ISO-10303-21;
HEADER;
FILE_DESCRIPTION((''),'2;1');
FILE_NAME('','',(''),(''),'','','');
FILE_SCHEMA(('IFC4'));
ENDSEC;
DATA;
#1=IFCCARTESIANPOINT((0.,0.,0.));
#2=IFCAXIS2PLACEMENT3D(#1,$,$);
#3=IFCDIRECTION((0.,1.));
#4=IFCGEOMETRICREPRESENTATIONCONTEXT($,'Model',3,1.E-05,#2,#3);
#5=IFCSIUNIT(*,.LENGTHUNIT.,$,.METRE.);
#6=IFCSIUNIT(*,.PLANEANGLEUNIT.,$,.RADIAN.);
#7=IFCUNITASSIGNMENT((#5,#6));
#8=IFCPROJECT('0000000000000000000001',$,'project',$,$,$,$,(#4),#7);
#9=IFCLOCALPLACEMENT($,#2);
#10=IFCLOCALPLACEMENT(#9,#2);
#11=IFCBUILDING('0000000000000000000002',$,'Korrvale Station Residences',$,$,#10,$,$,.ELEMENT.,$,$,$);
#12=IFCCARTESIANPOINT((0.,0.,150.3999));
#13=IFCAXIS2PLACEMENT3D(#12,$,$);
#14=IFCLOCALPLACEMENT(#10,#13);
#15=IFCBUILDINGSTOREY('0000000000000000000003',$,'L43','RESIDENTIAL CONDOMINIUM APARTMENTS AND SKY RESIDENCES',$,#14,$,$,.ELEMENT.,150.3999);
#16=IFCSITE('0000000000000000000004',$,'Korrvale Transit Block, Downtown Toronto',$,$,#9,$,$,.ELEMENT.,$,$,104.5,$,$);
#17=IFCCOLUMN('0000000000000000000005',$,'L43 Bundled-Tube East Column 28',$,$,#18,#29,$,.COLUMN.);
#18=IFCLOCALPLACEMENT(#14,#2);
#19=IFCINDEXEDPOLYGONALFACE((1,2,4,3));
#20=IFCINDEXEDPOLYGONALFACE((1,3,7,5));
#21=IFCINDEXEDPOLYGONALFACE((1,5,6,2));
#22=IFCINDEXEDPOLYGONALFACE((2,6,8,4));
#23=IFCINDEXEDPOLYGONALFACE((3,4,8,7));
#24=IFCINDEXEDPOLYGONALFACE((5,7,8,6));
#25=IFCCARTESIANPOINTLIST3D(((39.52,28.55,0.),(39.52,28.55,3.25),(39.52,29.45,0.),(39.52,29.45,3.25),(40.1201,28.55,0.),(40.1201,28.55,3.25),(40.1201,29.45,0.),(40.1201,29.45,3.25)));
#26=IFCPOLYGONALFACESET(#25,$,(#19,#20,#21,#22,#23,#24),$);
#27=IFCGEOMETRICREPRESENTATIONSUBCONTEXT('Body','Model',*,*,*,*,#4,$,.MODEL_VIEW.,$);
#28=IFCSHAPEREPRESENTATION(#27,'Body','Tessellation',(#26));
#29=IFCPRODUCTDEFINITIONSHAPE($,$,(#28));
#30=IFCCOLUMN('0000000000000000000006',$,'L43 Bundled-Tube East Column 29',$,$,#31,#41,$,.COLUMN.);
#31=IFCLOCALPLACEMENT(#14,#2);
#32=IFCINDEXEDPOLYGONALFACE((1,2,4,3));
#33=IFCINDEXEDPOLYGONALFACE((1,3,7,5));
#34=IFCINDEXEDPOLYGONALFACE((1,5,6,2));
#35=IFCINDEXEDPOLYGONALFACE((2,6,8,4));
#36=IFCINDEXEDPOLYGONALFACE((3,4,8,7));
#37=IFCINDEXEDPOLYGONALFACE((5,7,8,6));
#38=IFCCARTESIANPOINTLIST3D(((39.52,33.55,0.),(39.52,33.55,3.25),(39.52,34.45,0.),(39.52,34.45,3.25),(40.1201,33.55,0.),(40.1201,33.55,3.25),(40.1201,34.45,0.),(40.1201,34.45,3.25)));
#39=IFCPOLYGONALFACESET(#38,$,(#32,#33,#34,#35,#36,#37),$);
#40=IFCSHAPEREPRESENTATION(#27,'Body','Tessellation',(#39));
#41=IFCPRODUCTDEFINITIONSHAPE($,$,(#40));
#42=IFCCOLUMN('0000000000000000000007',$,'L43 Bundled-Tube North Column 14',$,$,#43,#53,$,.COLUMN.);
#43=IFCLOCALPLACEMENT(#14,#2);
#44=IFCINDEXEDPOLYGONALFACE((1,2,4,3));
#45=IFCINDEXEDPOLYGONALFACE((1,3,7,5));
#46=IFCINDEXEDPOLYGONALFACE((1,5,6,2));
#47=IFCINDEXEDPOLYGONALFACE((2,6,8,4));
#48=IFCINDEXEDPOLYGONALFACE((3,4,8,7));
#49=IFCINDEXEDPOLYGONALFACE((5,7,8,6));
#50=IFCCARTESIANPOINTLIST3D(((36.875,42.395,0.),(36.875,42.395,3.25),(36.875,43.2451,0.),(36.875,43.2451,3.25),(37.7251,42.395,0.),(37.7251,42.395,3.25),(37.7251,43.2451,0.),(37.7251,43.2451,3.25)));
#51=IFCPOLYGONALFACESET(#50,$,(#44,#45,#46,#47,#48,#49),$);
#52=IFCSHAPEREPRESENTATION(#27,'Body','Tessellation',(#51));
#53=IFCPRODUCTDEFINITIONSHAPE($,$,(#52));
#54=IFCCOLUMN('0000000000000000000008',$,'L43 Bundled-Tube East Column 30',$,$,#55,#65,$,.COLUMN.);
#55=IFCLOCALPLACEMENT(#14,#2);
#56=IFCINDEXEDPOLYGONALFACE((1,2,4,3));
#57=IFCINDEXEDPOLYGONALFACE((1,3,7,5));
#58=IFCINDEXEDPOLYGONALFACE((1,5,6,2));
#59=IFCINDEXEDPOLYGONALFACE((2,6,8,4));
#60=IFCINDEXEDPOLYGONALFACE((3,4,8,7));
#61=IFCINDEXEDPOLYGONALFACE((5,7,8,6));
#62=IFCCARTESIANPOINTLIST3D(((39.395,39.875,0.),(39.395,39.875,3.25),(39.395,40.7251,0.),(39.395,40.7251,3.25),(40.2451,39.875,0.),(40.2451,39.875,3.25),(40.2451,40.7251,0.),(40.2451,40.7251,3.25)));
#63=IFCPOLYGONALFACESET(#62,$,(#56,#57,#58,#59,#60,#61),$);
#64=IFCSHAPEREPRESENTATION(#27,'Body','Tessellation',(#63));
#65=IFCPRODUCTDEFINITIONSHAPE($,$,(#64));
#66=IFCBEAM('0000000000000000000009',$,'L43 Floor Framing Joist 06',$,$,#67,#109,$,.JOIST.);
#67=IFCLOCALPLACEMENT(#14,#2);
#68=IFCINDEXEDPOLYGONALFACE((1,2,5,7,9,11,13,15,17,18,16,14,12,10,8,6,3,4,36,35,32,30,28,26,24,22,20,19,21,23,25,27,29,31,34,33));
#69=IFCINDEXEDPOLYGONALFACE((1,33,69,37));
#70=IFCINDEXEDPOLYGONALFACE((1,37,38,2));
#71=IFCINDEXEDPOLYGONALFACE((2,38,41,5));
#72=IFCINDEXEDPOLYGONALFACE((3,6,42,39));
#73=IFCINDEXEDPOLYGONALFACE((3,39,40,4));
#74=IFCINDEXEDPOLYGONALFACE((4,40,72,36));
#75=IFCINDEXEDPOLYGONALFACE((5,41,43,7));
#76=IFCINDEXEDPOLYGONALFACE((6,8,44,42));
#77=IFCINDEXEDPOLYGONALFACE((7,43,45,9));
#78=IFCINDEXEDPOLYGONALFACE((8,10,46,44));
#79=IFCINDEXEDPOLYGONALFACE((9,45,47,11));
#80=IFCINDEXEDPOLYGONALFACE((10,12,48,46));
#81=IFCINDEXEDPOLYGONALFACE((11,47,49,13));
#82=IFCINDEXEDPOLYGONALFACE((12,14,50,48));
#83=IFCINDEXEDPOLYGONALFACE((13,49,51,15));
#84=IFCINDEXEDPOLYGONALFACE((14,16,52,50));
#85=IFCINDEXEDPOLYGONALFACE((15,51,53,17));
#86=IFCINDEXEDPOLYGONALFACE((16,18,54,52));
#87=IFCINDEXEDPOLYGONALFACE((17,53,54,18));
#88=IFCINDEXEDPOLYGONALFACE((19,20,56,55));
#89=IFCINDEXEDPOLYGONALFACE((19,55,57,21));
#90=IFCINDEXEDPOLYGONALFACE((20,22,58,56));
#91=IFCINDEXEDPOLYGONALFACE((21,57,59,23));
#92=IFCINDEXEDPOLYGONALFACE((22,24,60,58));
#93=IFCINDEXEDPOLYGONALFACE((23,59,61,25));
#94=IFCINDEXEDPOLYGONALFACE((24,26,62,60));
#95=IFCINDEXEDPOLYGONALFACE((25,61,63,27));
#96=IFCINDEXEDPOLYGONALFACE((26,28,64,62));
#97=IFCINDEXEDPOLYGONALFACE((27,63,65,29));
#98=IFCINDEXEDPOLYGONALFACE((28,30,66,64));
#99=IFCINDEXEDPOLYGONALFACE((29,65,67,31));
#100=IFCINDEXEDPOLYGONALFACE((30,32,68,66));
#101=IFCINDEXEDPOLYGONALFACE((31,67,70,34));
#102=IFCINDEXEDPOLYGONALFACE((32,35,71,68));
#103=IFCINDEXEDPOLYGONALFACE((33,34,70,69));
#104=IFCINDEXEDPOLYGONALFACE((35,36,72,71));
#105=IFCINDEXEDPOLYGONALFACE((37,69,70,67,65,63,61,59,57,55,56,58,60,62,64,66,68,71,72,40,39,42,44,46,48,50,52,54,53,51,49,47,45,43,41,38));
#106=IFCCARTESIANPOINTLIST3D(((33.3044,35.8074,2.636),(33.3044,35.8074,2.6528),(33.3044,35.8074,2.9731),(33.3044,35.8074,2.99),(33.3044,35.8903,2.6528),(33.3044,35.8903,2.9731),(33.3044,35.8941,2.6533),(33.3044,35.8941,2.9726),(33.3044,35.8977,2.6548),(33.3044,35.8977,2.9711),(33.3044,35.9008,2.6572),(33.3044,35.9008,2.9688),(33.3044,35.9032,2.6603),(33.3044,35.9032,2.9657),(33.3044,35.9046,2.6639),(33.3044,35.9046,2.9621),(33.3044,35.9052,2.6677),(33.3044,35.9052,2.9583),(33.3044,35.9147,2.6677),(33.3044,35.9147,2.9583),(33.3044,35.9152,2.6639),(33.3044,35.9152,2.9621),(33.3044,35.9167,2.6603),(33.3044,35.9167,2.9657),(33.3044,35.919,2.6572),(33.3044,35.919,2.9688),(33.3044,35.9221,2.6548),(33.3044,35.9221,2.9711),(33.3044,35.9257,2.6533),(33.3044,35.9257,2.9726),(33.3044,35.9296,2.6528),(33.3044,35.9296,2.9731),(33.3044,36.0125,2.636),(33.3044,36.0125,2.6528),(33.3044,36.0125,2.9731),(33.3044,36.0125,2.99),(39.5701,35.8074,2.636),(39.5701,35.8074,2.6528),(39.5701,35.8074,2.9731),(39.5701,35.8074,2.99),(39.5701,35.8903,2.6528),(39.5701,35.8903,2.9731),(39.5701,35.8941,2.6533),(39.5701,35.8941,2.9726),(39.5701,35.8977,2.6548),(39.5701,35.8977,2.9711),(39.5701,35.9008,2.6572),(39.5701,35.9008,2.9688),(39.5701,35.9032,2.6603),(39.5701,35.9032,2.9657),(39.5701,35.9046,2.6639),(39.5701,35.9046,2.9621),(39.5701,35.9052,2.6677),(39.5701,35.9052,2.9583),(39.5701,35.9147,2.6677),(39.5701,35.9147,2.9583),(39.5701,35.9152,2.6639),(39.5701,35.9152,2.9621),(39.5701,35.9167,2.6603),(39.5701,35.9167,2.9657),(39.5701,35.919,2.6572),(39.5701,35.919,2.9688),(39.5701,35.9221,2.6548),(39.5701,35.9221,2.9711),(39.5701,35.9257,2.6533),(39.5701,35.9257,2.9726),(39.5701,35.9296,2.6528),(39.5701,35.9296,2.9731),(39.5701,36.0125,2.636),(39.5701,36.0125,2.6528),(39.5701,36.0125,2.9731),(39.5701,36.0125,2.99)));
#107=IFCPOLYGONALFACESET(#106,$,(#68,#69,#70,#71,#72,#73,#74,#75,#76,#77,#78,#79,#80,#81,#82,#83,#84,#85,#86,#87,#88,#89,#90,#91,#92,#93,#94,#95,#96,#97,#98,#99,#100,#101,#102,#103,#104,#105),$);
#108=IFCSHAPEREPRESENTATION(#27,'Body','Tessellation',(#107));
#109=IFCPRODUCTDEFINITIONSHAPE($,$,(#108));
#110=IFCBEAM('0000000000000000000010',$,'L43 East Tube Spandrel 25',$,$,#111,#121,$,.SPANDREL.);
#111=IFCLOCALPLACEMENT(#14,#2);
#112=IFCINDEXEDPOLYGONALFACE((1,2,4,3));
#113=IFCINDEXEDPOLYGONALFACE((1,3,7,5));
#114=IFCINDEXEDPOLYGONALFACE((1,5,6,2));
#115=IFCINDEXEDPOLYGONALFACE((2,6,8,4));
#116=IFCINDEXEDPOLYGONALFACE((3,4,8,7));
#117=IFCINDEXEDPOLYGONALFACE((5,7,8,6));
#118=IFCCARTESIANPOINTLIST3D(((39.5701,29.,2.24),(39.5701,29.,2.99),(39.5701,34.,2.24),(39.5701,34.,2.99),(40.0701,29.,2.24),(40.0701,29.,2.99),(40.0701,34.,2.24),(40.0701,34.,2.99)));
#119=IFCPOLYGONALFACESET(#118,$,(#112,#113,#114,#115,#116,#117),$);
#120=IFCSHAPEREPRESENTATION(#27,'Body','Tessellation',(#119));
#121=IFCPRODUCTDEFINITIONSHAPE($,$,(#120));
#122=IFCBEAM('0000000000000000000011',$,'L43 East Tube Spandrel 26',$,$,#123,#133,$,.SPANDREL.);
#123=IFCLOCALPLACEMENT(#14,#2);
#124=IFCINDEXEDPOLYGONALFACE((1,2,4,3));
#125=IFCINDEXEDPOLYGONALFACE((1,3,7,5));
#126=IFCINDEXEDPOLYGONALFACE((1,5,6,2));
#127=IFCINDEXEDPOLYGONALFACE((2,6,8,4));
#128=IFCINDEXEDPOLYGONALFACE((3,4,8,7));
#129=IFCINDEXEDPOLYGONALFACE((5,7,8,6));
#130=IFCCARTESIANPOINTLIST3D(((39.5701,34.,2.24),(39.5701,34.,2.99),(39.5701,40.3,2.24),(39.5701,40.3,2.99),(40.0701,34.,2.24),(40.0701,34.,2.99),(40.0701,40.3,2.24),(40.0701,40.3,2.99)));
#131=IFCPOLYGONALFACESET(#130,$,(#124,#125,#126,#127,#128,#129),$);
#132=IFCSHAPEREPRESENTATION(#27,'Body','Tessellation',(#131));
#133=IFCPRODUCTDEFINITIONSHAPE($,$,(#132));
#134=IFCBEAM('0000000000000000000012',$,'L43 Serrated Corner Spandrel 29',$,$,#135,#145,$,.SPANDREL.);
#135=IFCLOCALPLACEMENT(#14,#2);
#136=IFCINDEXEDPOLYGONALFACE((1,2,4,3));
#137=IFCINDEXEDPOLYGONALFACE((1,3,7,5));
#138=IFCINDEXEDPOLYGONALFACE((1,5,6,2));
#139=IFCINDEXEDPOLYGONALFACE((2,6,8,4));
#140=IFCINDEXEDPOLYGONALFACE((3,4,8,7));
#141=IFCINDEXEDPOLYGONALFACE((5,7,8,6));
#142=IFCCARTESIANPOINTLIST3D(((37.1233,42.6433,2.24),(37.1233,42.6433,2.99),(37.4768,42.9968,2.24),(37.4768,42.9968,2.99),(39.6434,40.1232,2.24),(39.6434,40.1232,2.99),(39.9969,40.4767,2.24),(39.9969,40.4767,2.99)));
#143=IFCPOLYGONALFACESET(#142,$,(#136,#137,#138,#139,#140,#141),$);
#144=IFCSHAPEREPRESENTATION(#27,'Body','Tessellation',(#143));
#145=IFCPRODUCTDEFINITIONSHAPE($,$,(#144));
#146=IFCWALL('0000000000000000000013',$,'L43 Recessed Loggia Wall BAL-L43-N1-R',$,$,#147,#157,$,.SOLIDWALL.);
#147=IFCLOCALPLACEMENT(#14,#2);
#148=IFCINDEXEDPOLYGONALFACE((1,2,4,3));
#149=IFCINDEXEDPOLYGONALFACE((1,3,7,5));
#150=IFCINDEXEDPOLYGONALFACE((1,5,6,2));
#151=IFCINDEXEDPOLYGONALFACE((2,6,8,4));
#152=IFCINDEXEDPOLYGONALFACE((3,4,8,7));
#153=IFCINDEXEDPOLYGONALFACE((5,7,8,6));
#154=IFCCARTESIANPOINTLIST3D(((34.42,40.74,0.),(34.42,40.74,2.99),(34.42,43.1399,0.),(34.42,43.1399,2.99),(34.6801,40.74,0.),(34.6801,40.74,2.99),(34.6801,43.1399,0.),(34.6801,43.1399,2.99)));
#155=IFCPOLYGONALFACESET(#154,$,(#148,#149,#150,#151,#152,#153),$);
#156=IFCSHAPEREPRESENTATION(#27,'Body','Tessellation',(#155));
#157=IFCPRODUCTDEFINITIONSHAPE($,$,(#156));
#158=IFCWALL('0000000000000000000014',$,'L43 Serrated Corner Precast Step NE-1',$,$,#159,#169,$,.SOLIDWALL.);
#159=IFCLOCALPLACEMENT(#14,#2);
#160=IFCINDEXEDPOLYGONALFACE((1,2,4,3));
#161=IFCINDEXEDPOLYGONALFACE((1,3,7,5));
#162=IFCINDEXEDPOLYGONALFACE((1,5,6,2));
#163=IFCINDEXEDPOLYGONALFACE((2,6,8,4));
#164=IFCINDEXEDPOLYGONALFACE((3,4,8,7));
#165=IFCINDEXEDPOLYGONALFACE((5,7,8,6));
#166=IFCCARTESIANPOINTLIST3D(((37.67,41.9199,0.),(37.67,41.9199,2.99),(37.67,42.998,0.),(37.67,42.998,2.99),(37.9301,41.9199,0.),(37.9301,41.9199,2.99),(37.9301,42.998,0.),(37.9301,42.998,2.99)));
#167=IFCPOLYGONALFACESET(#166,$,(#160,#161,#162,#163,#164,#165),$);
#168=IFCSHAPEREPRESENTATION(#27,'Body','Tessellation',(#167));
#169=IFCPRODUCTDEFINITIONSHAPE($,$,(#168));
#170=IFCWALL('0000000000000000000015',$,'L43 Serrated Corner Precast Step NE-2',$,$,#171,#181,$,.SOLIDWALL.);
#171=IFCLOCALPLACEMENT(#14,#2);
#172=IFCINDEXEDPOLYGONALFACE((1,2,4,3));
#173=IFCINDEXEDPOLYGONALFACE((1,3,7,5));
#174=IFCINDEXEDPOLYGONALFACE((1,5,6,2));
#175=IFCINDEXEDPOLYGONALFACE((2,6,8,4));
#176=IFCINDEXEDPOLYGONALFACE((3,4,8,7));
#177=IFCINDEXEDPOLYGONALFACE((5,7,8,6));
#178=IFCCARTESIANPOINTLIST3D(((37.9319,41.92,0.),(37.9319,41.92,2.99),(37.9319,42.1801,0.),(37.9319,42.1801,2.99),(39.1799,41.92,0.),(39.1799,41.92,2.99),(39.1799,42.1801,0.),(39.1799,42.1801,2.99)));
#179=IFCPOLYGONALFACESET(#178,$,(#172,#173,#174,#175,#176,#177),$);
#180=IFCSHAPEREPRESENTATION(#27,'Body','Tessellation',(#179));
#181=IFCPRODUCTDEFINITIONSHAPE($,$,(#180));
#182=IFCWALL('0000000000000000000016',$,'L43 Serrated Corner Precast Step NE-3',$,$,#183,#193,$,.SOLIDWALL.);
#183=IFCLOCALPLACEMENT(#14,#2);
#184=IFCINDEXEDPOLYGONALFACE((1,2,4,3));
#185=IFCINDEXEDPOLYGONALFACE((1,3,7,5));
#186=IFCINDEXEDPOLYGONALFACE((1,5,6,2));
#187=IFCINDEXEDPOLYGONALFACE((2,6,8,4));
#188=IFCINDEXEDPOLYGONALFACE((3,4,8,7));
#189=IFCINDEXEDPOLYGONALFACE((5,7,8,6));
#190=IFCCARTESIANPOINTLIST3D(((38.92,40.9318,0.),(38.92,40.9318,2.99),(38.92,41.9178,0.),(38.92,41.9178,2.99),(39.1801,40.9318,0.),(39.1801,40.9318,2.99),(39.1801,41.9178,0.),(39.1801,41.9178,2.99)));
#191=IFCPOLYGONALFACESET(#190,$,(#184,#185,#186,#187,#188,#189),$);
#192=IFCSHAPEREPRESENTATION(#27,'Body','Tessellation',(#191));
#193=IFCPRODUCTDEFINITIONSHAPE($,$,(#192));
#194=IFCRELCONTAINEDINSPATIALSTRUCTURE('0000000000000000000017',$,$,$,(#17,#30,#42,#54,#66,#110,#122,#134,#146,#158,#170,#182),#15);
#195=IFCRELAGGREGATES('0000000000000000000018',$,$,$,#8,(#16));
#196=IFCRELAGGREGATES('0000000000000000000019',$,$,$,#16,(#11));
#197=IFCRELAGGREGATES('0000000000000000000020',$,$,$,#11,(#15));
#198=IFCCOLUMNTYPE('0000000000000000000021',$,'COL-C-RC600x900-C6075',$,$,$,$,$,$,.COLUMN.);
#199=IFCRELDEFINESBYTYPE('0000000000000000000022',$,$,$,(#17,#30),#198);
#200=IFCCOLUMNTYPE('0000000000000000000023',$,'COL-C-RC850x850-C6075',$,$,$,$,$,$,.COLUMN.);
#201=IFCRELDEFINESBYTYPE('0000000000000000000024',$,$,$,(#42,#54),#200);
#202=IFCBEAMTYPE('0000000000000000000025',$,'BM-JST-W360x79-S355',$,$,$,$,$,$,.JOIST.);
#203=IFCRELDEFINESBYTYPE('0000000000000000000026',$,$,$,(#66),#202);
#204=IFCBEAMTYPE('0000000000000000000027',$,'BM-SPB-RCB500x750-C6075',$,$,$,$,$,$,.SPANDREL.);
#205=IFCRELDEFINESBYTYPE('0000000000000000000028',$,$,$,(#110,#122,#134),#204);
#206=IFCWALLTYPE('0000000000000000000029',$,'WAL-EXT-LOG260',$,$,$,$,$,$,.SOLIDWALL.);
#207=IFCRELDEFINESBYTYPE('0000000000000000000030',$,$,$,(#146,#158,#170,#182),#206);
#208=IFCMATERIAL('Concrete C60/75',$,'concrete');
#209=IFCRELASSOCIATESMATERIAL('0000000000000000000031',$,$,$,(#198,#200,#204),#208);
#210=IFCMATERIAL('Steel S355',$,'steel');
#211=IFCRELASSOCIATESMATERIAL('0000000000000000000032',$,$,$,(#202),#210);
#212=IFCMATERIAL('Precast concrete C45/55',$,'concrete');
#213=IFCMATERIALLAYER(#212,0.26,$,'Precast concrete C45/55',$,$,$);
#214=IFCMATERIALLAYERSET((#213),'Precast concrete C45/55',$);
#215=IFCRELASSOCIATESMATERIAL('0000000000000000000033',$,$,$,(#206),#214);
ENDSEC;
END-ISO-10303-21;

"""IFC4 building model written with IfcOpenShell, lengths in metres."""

from ifc_helpers import new_model, si_unit, direction, frame, frame_2d, origin, origin_2d, place, context, subcontext, project, spatial, rectangle, i_section, extrude, material, layer, layer_set, material_profile, profile_set, type_object, element, save


model = new_model("IFC4")

# Units and contexts
model_context = context("Model", 3, precision=1e-05, world=origin(), true_north=direction((0.0, 1.0)))
body_context = subcontext(model_context, "Body", "Model", "MODEL_VIEW")
ifc_project = project(units=[si_unit("LENGTHUNIT", "METRE"), si_unit("PLANEANGLEUNIT", "RADIAN")], contexts=[model_context])

# Site, building, storey
site_placement = place(None, origin())
site = spatial("IfcSite", under=ifc_project, at=site_placement, Name="Korrvale Transit Block, Downtown Toronto", CompositionType="ELEMENT", RefElevation=104.5)
building_placement = place(site_placement, origin())
building = spatial("IfcBuilding", under=site, at=building_placement, Name="Korrvale Station Residences", CompositionType="ELEMENT")
storey_placement = place(building_placement, frame((0.0, 0.0, 150.3999)))
storey = spatial("IfcBuildingStorey", under=building, at=storey_placement, Name="L43", Description="RESIDENTIAL CONDOMINIUM APARTMENTS AND SKY RESIDENCES", CompositionType="ELEMENT", Elevation=150.3999)

# Columns
ifc_material_1 = material(Name="Concrete C60/75", Category="concrete")
ifc_material_profile_1 = material_profile(ifc_material_1, rectangle(XDim=0.6001, YDim=0.8999, at=origin_2d()), Name="RC600x900")
ifc_profile_set_1 = profile_set([ifc_material_profile_1], Name="Concrete C60/75")
column_type_1 = type_object("IfcColumnType", Name="COL-C-RC600x900-C6075", PredefinedType="COLUMN", material=ifc_profile_set_1)
for number, where, z_axis, x_axis, name in (
    (1, (39.8201, 29.0, 0.0), (0.0, 0.0, 1.0), (1.0, 0.0, 0.0), "L43 Bundled-Tube East Column 28"),
    (2, (39.8201, 34.0, 0.0), (0.0, 0.0, 1.0), (1.0, 0.0, 0.0), "L43 Bundled-Tube East Column 29"),
):
    element("IfcColumn", number, at=place(storey_placement, frame(where, z_axis=z_axis, x_axis=x_axis)), inside=storey, type_object=column_type_1, Name=name, PredefinedType="COLUMN", context=body_context, shape_type="SweptSolid", body=[
        extrude(rectangle(XDim=0.6001, YDim=0.8999, at=origin_2d()), origin(), (0.0, 0.0, 1.0), 3.25),
    ])
ifc_material_profile_2 = material_profile(ifc_material_1, rectangle(XDim=0.8501, YDim=0.8501, at=origin_2d()), Name="RC850x850")
ifc_profile_set_2 = profile_set([ifc_material_profile_2], Name="Concrete C60/75")
column_type_2 = type_object("IfcColumnType", Name="COL-C-RC850x850-C6075", PredefinedType="COLUMN", material=ifc_profile_set_2)
for number, where, z_axis, x_axis, name in (
    (3, (37.3, 42.8201, 0.0), (0.0, 0.0, 1.0), (1.0, 0.0, 0.0), "L43 Bundled-Tube North Column 14"),
    (4, (39.8201, 40.3, 0.0), (0.0, 0.0, 1.0), (1.0, 0.0, 0.0), "L43 Bundled-Tube East Column 30"),
):
    element("IfcColumn", number, at=place(storey_placement, frame(where, z_axis=z_axis, x_axis=x_axis)), inside=storey, type_object=column_type_2, Name=name, PredefinedType="COLUMN", context=body_context, shape_type="SweptSolid", body=[
        extrude(rectangle(XDim=0.8501, YDim=0.8501, at=origin_2d()), origin(), (0.0, 0.0, 1.0), 3.25),
    ])

# Beams
ifc_material_2 = material(Name="Steel S355", Category="steel")
ifc_material_profile_3 = material_profile(ifc_material_2, i_section(OverallWidth=0.2051, OverallDepth=0.354, WebThickness=0.0095, FlangeThickness=0.0168, FilletRadius=0.0149, at=origin_2d()), Name="W360x79")
ifc_profile_set_3 = profile_set([ifc_material_profile_3], Name="Steel S355")
beam_type_1 = type_object("IfcBeamType", Name="BM-JST-W360x79-S355", PredefinedType="JOIST", material=ifc_profile_set_3)
beam_1_placement = place(storey_placement, frame((33.3044, 35.9099, 2.813), z_axis=(1.0, 0.0, 0.0), x_axis=(0.0, 1.0, 0.0)))
element("IfcBeam", 5, at=beam_1_placement, inside=storey, type_object=beam_type_1, Name="L43 Floor Framing Joist 06", PredefinedType="JOIST", context=body_context, shape_type="SweptSolid", body=[
    extrude(i_section(OverallWidth=0.2051, OverallDepth=0.354, WebThickness=0.0095, FlangeThickness=0.0168, FilletRadius=0.0149, at=origin_2d()), origin(), (0.0, 0.0, 1.0), 6.2656),
])
ifc_material_profile_4 = material_profile(ifc_material_1, rectangle(XDim=0.5, YDim=0.75, at=origin_2d()), Name="RCB500x750")
ifc_profile_set_4 = profile_set([ifc_material_profile_4], Name="Concrete C60/75")
beam_type_2 = type_object("IfcBeamType", Name="BM-SPB-RCB500x750-C6075", PredefinedType="SPANDREL", material=ifc_profile_set_4)
beam_2_placement = place(storey_placement, frame((39.8201, 29.0, 2.615), z_axis=(0.0, 1.0, 0.0), x_axis=(-1.0, 0.0, 0.0)))
element("IfcBeam", 6, at=beam_2_placement, inside=storey, type_object=beam_type_2, Name="L43 East Tube Spandrel 25", PredefinedType="SPANDREL", context=body_context, shape_type="SweptSolid", body=[
    extrude(rectangle(XDim=0.5, YDim=0.75, at=origin_2d()), origin(), (0.0, 0.0, 1.0), 5.0),
])
beam_3_placement = place(storey_placement, frame((39.8201, 34.0, 2.615), z_axis=(0.0, 1.0, 0.0), x_axis=(-1.0, 0.0, 0.0)))
element("IfcBeam", 7, at=beam_3_placement, inside=storey, type_object=beam_type_2, Name="L43 East Tube Spandrel 26", PredefinedType="SPANDREL", context=body_context, shape_type="SweptSolid", body=[
    extrude(rectangle(XDim=0.5, YDim=0.75, at=origin_2d()), origin(), (0.0, 0.0, 1.0), 6.3),
])
beam_4_placement = place(storey_placement, frame((37.3, 42.8201, 2.615), z_axis=(0.707107, -0.707107, 0.0), x_axis=(0.707107, 0.707107, 0.0)))
element("IfcBeam", 8, at=beam_4_placement, inside=storey, type_object=beam_type_2, Name="L43 Serrated Corner Spandrel 29", PredefinedType="SPANDREL", context=body_context, shape_type="SweptSolid", body=[
    extrude(rectangle(XDim=0.5, YDim=0.75, at=origin_2d()), origin(), (0.0, 0.0, 1.0), 3.564),
])

# Walls
ifc_material_3 = material(Name="Precast concrete C45/55", Category="concrete")
ifc_layer_1 = layer(ifc_material_3, 0.26, Name="Precast concrete C45/55")
ifc_layer_set_1 = layer_set([ifc_layer_1], Name="Precast concrete C45/55")
wall_type_1 = type_object("IfcWallType", Name="WAL-EXT-LOG260", PredefinedType="SOLIDWALL", material=ifc_layer_set_1)
wall_1_placement = place(storey_placement, frame((34.55, 40.74, 0.0), z_axis=(0.0, 0.0, 1.0), x_axis=(0.0, 1.0, 0.0)))
element("IfcWall", 9, at=wall_1_placement, inside=storey, type_object=wall_type_1, Name="L43 Recessed Loggia Wall BAL-L43-N1-R", PredefinedType="SOLIDWALL", context=body_context, shape_type="SweptSolid", body=[
    extrude(rectangle(XDim=2.3999, YDim=0.26, at=frame_2d((1.2, 0.0))), origin(), (0.0, 0.0, 1.0), 2.99),
])
wall_2_placement = place(storey_placement, frame((37.8, 42.998, 0.0), z_axis=(0.0, 0.0, 1.0), x_axis=(0.0, -1.0, 0.0)))
element("IfcWall", 10, at=wall_2_placement, inside=storey, type_object=wall_type_1, Name="L43 Serrated Corner Precast Step NE-1", PredefinedType="SOLIDWALL", context=body_context, shape_type="SweptSolid", body=[
    extrude(rectangle(XDim=1.0781, YDim=0.26, at=frame_2d((0.5391, 0.0))), origin(), (0.0, 0.0, 1.0), 2.99),
])
wall_3_placement = place(storey_placement, frame((37.9319, 42.05, 0.0), z_axis=(0.0, 0.0, 1.0), x_axis=(1.0, 0.0, 0.0)))
element("IfcWall", 11, at=wall_3_placement, inside=storey, type_object=wall_type_1, Name="L43 Serrated Corner Precast Step NE-2", PredefinedType="SOLIDWALL", context=body_context, shape_type="SweptSolid", body=[
    extrude(rectangle(XDim=1.248, YDim=0.26, at=frame_2d((0.624, 0.0))), origin(), (0.0, 0.0, 1.0), 2.99),
])
wall_4_placement = place(storey_placement, frame((39.05, 41.918, 0.0), z_axis=(0.0, 0.0, 1.0), x_axis=(0.0, -1.0, 0.0)))
element("IfcWall", 12, at=wall_4_placement, inside=storey, type_object=wall_type_1, Name="L43 Serrated Corner Precast Step NE-3", PredefinedType="SOLIDWALL", context=body_context, shape_type="SweptSolid", body=[
    extrude(rectangle(XDim=0.9861, YDim=0.26, at=frame_2d((0.4932, 0.0))), origin(), (0.0, 0.0, 1.0), 2.99),
])

save(model, "model.ifc")
